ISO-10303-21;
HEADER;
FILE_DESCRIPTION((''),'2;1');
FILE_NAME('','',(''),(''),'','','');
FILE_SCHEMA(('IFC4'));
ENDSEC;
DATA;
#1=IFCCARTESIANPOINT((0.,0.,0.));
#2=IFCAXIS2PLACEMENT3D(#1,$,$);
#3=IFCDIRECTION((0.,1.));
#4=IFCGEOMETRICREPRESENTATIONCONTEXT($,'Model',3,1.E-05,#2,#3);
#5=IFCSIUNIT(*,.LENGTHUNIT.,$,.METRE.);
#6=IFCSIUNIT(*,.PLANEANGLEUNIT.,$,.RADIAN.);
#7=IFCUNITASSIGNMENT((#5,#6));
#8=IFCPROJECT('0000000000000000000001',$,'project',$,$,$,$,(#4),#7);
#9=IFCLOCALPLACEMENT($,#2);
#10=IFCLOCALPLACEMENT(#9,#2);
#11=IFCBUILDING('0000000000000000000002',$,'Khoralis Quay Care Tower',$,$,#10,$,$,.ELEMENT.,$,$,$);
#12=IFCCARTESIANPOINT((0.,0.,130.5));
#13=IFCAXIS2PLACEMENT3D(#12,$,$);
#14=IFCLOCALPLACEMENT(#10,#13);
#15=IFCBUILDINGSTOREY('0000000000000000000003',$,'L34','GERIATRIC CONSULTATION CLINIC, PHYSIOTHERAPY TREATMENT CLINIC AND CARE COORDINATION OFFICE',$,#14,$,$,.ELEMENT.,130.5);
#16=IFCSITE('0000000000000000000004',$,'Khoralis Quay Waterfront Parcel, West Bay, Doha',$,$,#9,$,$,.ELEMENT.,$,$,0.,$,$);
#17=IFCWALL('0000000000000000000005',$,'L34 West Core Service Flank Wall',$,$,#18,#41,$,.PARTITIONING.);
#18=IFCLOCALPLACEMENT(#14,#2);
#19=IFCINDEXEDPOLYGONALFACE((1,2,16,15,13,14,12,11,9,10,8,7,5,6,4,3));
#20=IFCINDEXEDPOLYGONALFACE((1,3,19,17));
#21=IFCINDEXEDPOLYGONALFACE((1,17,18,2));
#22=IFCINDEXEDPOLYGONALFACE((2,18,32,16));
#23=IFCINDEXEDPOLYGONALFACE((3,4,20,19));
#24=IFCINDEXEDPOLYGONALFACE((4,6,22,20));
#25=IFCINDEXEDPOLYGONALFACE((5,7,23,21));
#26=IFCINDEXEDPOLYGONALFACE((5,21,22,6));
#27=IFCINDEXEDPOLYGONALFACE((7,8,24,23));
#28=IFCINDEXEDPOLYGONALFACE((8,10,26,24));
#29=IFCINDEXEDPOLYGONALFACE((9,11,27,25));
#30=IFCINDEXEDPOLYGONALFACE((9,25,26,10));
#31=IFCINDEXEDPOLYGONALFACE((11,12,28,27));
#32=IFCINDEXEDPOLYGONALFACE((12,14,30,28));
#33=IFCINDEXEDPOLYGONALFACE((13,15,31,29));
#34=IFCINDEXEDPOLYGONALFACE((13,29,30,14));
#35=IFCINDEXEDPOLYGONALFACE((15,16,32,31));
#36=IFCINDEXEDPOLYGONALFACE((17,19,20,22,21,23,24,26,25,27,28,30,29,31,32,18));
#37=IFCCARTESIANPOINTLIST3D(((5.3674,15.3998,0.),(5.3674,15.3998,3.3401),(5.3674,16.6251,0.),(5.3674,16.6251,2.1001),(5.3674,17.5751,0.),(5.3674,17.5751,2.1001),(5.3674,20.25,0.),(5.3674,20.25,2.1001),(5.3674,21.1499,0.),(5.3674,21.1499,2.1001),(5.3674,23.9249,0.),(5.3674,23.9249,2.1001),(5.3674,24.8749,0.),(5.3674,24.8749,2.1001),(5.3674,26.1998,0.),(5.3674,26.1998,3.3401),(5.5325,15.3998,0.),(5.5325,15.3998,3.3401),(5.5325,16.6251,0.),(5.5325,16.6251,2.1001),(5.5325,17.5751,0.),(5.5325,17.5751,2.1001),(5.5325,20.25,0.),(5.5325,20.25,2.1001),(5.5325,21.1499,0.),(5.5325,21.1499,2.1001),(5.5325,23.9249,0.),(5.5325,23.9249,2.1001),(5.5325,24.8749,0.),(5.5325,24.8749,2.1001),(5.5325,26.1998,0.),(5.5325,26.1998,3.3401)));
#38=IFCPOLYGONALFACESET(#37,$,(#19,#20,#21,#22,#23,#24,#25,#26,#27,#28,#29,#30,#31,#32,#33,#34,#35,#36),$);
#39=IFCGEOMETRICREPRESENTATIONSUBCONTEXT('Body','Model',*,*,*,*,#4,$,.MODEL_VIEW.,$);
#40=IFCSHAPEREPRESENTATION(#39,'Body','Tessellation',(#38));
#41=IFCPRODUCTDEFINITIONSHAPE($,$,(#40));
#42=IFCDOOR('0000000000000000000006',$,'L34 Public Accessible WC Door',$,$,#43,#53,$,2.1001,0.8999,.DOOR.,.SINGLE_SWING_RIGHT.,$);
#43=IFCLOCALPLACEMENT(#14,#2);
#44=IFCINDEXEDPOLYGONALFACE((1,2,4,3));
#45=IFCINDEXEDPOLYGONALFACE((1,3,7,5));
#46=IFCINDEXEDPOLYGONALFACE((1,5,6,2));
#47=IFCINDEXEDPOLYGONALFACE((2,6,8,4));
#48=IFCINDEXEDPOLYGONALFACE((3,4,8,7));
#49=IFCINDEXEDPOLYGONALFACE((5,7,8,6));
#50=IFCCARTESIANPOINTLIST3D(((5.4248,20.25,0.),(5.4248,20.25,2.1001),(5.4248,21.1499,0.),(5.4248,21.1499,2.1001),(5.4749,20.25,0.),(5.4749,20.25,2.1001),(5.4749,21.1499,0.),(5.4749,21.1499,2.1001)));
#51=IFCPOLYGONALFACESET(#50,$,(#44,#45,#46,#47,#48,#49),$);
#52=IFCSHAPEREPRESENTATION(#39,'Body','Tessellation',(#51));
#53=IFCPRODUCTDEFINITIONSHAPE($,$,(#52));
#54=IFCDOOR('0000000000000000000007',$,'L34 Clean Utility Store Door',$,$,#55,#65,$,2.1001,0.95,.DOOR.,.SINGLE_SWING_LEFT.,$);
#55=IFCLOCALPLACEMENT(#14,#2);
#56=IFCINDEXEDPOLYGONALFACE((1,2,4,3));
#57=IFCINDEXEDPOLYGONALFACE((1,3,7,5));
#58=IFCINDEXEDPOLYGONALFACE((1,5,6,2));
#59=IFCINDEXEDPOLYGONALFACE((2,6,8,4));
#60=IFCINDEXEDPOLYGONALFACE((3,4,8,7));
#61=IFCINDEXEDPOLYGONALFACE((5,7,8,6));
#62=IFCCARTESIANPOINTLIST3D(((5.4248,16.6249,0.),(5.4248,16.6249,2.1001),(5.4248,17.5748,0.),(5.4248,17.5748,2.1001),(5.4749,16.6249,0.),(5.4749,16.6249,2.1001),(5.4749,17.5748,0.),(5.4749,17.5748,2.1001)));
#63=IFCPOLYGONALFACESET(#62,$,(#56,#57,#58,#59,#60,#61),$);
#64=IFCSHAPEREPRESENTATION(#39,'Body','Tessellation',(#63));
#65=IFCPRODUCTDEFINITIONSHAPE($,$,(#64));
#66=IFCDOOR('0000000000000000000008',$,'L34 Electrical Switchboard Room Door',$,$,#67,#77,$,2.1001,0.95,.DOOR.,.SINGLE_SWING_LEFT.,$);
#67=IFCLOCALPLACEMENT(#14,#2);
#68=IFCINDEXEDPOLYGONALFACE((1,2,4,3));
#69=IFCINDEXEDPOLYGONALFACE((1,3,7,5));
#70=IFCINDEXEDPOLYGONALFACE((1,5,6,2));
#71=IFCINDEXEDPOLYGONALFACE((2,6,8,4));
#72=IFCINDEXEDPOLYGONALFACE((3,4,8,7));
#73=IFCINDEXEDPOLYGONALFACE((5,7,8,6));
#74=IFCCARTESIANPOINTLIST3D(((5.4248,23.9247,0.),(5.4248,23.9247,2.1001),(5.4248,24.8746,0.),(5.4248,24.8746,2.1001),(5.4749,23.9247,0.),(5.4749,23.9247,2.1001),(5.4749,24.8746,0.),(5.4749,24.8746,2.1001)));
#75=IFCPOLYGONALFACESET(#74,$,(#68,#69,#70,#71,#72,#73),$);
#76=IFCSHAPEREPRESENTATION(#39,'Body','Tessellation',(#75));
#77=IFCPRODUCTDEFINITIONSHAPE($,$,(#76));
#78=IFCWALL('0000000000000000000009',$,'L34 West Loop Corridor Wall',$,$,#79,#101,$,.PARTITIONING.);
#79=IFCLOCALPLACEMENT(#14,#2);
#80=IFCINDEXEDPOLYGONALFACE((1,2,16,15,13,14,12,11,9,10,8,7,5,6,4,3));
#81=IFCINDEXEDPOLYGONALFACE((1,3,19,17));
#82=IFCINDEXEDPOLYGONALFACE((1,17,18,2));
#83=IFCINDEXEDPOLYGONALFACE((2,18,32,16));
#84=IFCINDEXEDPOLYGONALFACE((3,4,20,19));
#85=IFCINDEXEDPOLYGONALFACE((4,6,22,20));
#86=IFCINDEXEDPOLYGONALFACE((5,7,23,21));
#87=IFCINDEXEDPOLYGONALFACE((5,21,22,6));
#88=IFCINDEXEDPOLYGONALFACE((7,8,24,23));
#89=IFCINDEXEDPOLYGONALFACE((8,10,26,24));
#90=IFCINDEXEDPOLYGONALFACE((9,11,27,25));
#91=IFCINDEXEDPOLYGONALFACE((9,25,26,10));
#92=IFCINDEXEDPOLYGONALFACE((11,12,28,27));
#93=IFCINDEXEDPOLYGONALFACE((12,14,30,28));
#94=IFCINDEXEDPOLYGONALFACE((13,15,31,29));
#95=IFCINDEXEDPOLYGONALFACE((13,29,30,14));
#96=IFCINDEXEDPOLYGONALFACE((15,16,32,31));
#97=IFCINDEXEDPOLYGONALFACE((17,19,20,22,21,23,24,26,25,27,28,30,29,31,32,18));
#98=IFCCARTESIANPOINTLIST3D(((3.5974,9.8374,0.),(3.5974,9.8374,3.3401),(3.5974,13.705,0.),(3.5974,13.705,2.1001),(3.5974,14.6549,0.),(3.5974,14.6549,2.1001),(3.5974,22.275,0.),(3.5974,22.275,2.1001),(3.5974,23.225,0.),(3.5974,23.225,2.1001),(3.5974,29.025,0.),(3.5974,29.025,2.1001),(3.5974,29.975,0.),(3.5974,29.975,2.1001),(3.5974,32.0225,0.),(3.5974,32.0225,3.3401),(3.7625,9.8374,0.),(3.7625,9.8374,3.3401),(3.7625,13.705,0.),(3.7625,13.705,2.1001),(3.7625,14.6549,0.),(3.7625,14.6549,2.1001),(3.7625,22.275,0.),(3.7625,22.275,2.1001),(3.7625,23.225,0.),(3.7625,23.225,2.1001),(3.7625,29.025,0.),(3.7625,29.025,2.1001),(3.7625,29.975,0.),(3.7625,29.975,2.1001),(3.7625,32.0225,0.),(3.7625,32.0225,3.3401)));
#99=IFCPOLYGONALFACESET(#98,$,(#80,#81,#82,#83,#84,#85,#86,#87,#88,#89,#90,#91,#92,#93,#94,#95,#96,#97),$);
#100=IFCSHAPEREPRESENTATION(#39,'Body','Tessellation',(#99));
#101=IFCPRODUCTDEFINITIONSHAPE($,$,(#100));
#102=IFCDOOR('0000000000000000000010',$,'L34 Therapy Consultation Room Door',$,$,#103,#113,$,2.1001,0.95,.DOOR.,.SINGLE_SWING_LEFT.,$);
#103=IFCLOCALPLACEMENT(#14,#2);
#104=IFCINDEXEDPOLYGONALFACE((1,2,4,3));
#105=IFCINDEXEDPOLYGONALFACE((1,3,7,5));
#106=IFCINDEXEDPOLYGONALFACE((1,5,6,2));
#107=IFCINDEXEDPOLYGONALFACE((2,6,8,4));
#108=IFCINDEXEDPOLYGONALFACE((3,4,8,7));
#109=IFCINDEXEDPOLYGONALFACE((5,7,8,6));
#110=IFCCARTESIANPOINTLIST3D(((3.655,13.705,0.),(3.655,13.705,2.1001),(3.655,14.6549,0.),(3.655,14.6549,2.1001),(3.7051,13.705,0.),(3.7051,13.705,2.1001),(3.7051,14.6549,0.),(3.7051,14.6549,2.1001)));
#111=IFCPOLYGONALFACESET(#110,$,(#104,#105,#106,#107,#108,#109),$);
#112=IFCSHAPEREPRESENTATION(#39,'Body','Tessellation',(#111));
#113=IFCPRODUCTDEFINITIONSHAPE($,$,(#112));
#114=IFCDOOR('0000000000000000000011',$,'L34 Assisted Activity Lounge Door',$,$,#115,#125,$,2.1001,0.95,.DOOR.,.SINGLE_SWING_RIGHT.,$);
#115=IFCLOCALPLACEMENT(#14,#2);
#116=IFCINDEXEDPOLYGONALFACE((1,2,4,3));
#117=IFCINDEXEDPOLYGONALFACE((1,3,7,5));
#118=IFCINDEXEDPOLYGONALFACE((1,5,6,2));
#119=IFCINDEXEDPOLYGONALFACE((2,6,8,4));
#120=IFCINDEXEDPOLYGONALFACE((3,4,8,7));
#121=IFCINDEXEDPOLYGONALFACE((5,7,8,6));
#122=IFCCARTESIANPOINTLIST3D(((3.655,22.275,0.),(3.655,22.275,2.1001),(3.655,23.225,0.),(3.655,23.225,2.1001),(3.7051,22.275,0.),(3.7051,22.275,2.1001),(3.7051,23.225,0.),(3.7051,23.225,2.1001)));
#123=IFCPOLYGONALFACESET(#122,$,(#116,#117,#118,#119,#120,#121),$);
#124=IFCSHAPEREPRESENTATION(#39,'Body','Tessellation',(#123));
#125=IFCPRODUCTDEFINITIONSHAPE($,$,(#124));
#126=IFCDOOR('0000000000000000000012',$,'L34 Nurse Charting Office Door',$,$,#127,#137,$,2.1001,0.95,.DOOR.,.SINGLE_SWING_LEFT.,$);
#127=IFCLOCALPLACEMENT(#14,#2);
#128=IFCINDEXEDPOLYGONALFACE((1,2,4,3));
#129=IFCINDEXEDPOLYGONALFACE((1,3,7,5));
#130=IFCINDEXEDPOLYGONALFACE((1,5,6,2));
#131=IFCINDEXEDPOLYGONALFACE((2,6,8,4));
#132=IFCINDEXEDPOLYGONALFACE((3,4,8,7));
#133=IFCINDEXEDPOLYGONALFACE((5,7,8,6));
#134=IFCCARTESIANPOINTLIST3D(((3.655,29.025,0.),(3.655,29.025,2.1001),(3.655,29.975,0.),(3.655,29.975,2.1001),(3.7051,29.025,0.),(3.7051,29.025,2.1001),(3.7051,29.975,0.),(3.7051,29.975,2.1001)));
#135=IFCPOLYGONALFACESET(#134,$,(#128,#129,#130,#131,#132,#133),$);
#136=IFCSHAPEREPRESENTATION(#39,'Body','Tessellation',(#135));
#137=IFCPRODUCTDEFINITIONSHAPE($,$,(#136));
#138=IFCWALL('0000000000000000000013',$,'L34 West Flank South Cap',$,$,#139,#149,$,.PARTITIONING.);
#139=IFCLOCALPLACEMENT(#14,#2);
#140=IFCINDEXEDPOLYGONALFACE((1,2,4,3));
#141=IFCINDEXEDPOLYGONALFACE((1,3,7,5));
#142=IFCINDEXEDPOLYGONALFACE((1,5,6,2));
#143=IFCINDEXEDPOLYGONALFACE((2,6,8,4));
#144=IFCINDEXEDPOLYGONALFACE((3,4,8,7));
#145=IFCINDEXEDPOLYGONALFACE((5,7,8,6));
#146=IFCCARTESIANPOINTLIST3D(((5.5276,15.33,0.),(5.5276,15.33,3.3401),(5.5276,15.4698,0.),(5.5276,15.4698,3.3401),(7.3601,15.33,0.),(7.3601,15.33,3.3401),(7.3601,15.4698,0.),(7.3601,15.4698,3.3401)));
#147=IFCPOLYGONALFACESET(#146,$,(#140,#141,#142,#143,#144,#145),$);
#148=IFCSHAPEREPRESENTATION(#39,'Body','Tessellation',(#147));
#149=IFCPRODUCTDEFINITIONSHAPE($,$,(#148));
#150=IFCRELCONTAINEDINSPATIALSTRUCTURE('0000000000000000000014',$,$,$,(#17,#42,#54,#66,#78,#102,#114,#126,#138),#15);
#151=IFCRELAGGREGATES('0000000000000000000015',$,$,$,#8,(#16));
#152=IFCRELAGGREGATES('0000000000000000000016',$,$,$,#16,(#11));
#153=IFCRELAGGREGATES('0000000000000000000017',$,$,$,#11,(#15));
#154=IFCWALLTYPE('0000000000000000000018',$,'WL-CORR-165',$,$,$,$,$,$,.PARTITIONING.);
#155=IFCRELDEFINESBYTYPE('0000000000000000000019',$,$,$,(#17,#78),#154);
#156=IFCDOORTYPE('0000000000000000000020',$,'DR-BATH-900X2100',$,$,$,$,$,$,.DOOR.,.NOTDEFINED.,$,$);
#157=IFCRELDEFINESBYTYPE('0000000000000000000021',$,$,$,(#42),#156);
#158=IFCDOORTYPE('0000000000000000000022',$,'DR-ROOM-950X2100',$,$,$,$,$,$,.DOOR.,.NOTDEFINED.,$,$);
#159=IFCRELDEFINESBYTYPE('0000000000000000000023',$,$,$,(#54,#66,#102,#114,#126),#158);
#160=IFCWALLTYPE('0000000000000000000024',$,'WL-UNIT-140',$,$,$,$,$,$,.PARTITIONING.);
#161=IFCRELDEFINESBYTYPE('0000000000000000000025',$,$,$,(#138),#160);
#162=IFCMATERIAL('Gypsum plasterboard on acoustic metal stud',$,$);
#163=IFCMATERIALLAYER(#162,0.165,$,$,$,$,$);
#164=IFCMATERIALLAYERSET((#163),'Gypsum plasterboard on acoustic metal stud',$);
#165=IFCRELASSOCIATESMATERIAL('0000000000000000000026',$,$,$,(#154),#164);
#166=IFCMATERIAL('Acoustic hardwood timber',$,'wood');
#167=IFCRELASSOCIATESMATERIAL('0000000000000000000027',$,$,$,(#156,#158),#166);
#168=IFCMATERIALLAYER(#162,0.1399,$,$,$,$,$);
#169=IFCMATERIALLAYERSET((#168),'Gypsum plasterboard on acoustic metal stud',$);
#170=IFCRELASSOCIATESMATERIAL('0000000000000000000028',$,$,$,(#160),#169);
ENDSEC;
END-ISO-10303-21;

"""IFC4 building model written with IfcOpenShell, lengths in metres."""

from ifc_helpers import new_model, si_unit, direction, frame, frame_2d, origin, place, context, subcontext, project, spatial, rectangle, extrude, source, transform, mapped, material, layer, layer_set, type_object, element, fill, save


model = new_model("IFC4")

# Units and contexts
model_context = context("Model", 3, precision=1e-05, world=origin(), true_north=direction((0.0, 1.0)))
body_context = subcontext(model_context, "Body", "Model", "MODEL_VIEW")
ifc_project = project(units=[si_unit("LENGTHUNIT", "METRE"), si_unit("PLANEANGLEUNIT", "RADIAN")], contexts=[model_context])

# Site, building, storey
site_placement = place(None, origin())
site = spatial("IfcSite", under=ifc_project, at=site_placement, Name="Khoralis Quay Waterfront Parcel, West Bay, Doha", CompositionType="ELEMENT", RefElevation=0.0)
building_placement = place(site_placement, origin())
building = spatial("IfcBuilding", under=site, at=building_placement, Name="Khoralis Quay Care Tower", CompositionType="ELEMENT")
storey_placement = place(building_placement, frame((0.0, 0.0, 130.5)))
storey = spatial("IfcBuildingStorey", under=building, at=storey_placement, Name="L34", Description="GERIATRIC CONSULTATION CLINIC, PHYSIOTHERAPY TREATMENT CLINIC AND CARE COORDINATION OFFICE", CompositionType="ELEMENT", Elevation=130.5)

# Shared definitions
ifc_material_1 = material(Name="Gypsum plasterboard on acoustic metal stud")

# Walls, openings, doors
ifc_layer_1 = layer(ifc_material_1, 0.165)
ifc_layer_set_1 = layer_set([ifc_layer_1], Name="Gypsum plasterboard on acoustic metal stud")
wall_type_1 = type_object("IfcWallType", Name="WL-CORR-165", PredefinedType="PARTITIONING", material=ifc_layer_set_1)
wall_1_placement = place(storey_placement, frame((5.45, 15.3999, 0.0), z_axis=(0.0, 0.0, 1.0), x_axis=(0.0, 1.0, 0.0)))
wall_1 = element("IfcWall", 1, at=wall_1_placement, inside=storey, type_object=wall_type_1, Name="L34 West Core Service Flank Wall", PredefinedType="PARTITIONING", context=body_context, shape_type="SweptSolid", body=[
    extrude(rectangle(XDim=10.8, YDim=0.165, at=frame_2d((5.3999, 0.0))), origin(), (0.0, 0.0, 1.0), 3.3401),
])
opening_1_placement = place(wall_1_placement, frame((1.2251, 0.0, 0.0)))
opening_1 = element("IfcOpeningElement", 2, at=opening_1_placement, cuts=wall_1, PredefinedType="OPENING", context=body_context, shape_type="SweptSolid", body=[
    extrude(rectangle(XDim=0.95, YDim=2.1001, at=frame_2d((0.4751, 1.05))), frame((0.0, 0.0925, 0.0), z_axis=(0.0, -1.0, 0.0), x_axis=(1.0, 0.0, 0.0)), (0.0, 0.0, 1.0), 0.1851),
])
opening_2_placement = place(wall_1_placement, frame((4.8501, 0.0, 0.0)))
opening_2 = element("IfcOpeningElement", 3, at=opening_2_placement, cuts=wall_1, PredefinedType="OPENING", context=body_context, shape_type="SweptSolid", body=[
    extrude(rectangle(XDim=0.8999, YDim=2.1001, at=frame_2d((0.45, 1.05))), frame((0.0, 0.0925, 0.0), z_axis=(0.0, -1.0, 0.0), x_axis=(1.0, 0.0, 0.0)), (0.0, 0.0, 1.0), 0.1851),
])
opening_3_placement = place(wall_1_placement, frame((8.5249, 0.0, 0.0)))
opening_3 = element("IfcOpeningElement", 4, at=opening_3_placement, cuts=wall_1, PredefinedType="OPENING", context=body_context, shape_type="SweptSolid", body=[
    extrude(rectangle(XDim=0.95, YDim=2.1001, at=frame_2d((0.4751, 1.05))), frame((0.0, 0.0925, 0.0), z_axis=(0.0, -1.0, 0.0), x_axis=(1.0, 0.0, 0.0)), (0.0, 0.0, 1.0), 0.1851),
])
ifc_material_2 = material(Name="Acoustic hardwood timber", Category="wood")
door_type_1 = type_object("IfcDoorType", Name="DR-BATH-900X2100", OperationType="NOTDEFINED", PredefinedType="DOOR", material=ifc_material_2)
shared_shape_1 = source(origin(), body_context, "Body", "SweptSolid", [
    extrude(rectangle(XDim=0.8999, YDim=2.1001, at=frame_2d((0.45, 1.05))), frame((0.0, 0.0249, 0.0), z_axis=(0.0, -1.0, 0.0), x_axis=(1.0, 0.0, 0.0)), (0.0, 0.0, 1.0), 0.05),
])
door_1_placement = place(opening_2_placement, frame((0.8999, 0.0, 0.0), z_axis=(0.0, 0.0, 1.0), x_axis=(-1.0, 0.0, 0.0)))
door_1 = element("IfcDoor", 5, at=door_1_placement, inside=storey, type_object=door_type_1, Name="L34 Public Accessible WC Door", OperationType="SINGLE_SWING_RIGHT", OverallHeight=2.1001, OverallWidth=0.8999, PredefinedType="DOOR", context=body_context, shape_type="MappedRepresentation", body=[
    mapped(shared_shape_1, transform((0.0, 0.0, 0.0), scale=1.0)),
])
fill(opening_2, door_1)
door_type_2 = type_object("IfcDoorType", Name="DR-ROOM-950X2100", OperationType="NOTDEFINED", PredefinedType="DOOR", material=ifc_material_2)
shared_shape_2 = source(origin(), body_context, "Body", "SweptSolid", [
    extrude(rectangle(XDim=0.95, YDim=2.1001, at=frame_2d((0.4751, 1.05))), frame((0.0, 0.0249, 0.0), z_axis=(0.0, -1.0, 0.0), x_axis=(1.0, 0.0, 0.0)), (0.0, 0.0, 1.0), 0.05),
])
door_2_placement = place(opening_1_placement, frame((0.95, 0.0, 0.0), z_axis=(0.0, 0.0, 1.0), x_axis=(-1.0, 0.0, 0.0)))
door_2 = element("IfcDoor", 6, at=door_2_placement, inside=storey, type_object=door_type_2, Name="L34 Clean Utility Store Door", OperationType="SINGLE_SWING_LEFT", OverallHeight=2.1001, OverallWidth=0.95, PredefinedType="DOOR", context=body_context, shape_type="MappedRepresentation", body=[
    mapped(shared_shape_2, transform((0.0, 0.0, 0.0), scale=1.0)),
])
fill(opening_1, door_2)
door_3_placement = place(opening_3_placement, frame((0.95, 0.0, 0.0), z_axis=(0.0, 0.0, 1.0), x_axis=(-1.0, 0.0, 0.0)))
door_3 = element("IfcDoor", 7, at=door_3_placement, inside=storey, type_object=door_type_2, Name="L34 Electrical Switchboard Room Door", OperationType="SINGLE_SWING_LEFT", OverallHeight=2.1001, OverallWidth=0.95, PredefinedType="DOOR", context=body_context, shape_type="MappedRepresentation", body=[
    mapped(shared_shape_2, transform((0.0, 0.0, 0.0), scale=1.0)),
])
fill(opening_3, door_3)
wall_2_placement = place(storey_placement, frame((3.6799, 9.8374, 0.0), z_axis=(0.0, 0.0, 1.0), x_axis=(0.0, 1.0, 0.0)))
wall_2 = element("IfcWall", 8, at=wall_2_placement, inside=storey, type_object=wall_type_1, Name="L34 West Loop Corridor Wall", PredefinedType="PARTITIONING", context=body_context, shape_type="SweptSolid", body=[
    extrude(rectangle(XDim=22.1851, YDim=0.165, at=frame_2d((11.0925, 0.0))), origin(), (0.0, 0.0, 1.0), 3.3401),
])
opening_4_placement = place(wall_2_placement, frame((3.8674, 0.0, 0.0)))
opening_4 = element("IfcOpeningElement", 9, at=opening_4_placement, cuts=wall_2, PredefinedType="OPENING", context=body_context, shape_type="SweptSolid", body=[
    extrude(rectangle(XDim=0.95, YDim=2.1001, at=frame_2d((0.4751, 1.05))), frame((0.0, 0.0925, 0.0), z_axis=(0.0, -1.0, 0.0), x_axis=(1.0, 0.0, 0.0)), (0.0, 0.0, 1.0), 0.1851),
])
opening_5_placement = place(wall_2_placement, frame((12.4375, 0.0, 0.0)))
opening_5 = element("IfcOpeningElement", 10, at=opening_5_placement, cuts=wall_2, PredefinedType="OPENING", context=body_context, shape_type="SweptSolid", body=[
    extrude(rectangle(XDim=0.95, YDim=2.1001, at=frame_2d((0.4751, 1.05))), frame((0.0, 0.0925, 0.0), z_axis=(0.0, -1.0, 0.0), x_axis=(1.0, 0.0, 0.0)), (0.0, 0.0, 1.0), 0.1851),
])
opening_6_placement = place(wall_2_placement, frame((19.1875, 0.0, 0.0)))
opening_6 = element("IfcOpeningElement", 11, at=opening_6_placement, cuts=wall_2, PredefinedType="OPENING", context=body_context, shape_type="SweptSolid", body=[
    extrude(rectangle(XDim=0.95, YDim=2.1001, at=frame_2d((0.4751, 1.05))), frame((0.0, 0.0925, 0.0), z_axis=(0.0, -1.0, 0.0), x_axis=(1.0, 0.0, 0.0)), (0.0, 0.0, 1.0), 0.1851),
])
door_4_placement = place(opening_4_placement, origin())
door_4 = element("IfcDoor", 12, at=door_4_placement, inside=storey, type_object=door_type_2, Name="L34 Therapy Consultation Room Door", OperationType="SINGLE_SWING_LEFT", OverallHeight=2.1001, OverallWidth=0.95, PredefinedType="DOOR", context=body_context, shape_type="MappedRepresentation", body=[
    mapped(shared_shape_2, transform((0.0, 0.0, 0.0), scale=1.0)),
])
fill(opening_4, door_4)
door_5_placement = place(opening_5_placement, origin())
door_5 = element("IfcDoor", 13, at=door_5_placement, inside=storey, type_object=door_type_2, Name="L34 Assisted Activity Lounge Door", OperationType="SINGLE_SWING_RIGHT", OverallHeight=2.1001, OverallWidth=0.95, PredefinedType="DOOR", context=body_context, shape_type="MappedRepresentation", body=[
    mapped(shared_shape_2, transform((0.0, 0.0, 0.0), scale=1.0)),
])
fill(opening_5, door_5)
door_6_placement = place(opening_6_placement, origin())
door_6 = element("IfcDoor", 14, at=door_6_placement, inside=storey, type_object=door_type_2, Name="L34 Nurse Charting Office Door", OperationType="SINGLE_SWING_LEFT", OverallHeight=2.1001, OverallWidth=0.95, PredefinedType="DOOR", context=body_context, shape_type="MappedRepresentation", body=[
    mapped(shared_shape_2, transform((0.0, 0.0, 0.0), scale=1.0)),
])
fill(opening_6, door_6)

# Wall
ifc_layer_2 = layer(ifc_material_1, 0.1399)
ifc_layer_set_2 = layer_set([ifc_layer_2], Name="Gypsum plasterboard on acoustic metal stud")
wall_type_2 = type_object("IfcWallType", Name="WL-UNIT-140", PredefinedType="PARTITIONING", material=ifc_layer_set_2)
wall_3_placement = place(storey_placement, frame((5.5276, 15.3999, 0.0), z_axis=(0.0, 0.0, 1.0), x_axis=(1.0, 0.0, 0.0)))
element("IfcWall", 15, at=wall_3_placement, inside=storey, type_object=wall_type_2, Name="L34 West Flank South Cap", PredefinedType="PARTITIONING", context=body_context, shape_type="SweptSolid", body=[
    extrude(rectangle(XDim=1.8325, YDim=0.1399, at=frame_2d((0.9163, 0.0))), origin(), (0.0, 0.0, 1.0), 3.3401),
])

save(model, "model.ifc")
